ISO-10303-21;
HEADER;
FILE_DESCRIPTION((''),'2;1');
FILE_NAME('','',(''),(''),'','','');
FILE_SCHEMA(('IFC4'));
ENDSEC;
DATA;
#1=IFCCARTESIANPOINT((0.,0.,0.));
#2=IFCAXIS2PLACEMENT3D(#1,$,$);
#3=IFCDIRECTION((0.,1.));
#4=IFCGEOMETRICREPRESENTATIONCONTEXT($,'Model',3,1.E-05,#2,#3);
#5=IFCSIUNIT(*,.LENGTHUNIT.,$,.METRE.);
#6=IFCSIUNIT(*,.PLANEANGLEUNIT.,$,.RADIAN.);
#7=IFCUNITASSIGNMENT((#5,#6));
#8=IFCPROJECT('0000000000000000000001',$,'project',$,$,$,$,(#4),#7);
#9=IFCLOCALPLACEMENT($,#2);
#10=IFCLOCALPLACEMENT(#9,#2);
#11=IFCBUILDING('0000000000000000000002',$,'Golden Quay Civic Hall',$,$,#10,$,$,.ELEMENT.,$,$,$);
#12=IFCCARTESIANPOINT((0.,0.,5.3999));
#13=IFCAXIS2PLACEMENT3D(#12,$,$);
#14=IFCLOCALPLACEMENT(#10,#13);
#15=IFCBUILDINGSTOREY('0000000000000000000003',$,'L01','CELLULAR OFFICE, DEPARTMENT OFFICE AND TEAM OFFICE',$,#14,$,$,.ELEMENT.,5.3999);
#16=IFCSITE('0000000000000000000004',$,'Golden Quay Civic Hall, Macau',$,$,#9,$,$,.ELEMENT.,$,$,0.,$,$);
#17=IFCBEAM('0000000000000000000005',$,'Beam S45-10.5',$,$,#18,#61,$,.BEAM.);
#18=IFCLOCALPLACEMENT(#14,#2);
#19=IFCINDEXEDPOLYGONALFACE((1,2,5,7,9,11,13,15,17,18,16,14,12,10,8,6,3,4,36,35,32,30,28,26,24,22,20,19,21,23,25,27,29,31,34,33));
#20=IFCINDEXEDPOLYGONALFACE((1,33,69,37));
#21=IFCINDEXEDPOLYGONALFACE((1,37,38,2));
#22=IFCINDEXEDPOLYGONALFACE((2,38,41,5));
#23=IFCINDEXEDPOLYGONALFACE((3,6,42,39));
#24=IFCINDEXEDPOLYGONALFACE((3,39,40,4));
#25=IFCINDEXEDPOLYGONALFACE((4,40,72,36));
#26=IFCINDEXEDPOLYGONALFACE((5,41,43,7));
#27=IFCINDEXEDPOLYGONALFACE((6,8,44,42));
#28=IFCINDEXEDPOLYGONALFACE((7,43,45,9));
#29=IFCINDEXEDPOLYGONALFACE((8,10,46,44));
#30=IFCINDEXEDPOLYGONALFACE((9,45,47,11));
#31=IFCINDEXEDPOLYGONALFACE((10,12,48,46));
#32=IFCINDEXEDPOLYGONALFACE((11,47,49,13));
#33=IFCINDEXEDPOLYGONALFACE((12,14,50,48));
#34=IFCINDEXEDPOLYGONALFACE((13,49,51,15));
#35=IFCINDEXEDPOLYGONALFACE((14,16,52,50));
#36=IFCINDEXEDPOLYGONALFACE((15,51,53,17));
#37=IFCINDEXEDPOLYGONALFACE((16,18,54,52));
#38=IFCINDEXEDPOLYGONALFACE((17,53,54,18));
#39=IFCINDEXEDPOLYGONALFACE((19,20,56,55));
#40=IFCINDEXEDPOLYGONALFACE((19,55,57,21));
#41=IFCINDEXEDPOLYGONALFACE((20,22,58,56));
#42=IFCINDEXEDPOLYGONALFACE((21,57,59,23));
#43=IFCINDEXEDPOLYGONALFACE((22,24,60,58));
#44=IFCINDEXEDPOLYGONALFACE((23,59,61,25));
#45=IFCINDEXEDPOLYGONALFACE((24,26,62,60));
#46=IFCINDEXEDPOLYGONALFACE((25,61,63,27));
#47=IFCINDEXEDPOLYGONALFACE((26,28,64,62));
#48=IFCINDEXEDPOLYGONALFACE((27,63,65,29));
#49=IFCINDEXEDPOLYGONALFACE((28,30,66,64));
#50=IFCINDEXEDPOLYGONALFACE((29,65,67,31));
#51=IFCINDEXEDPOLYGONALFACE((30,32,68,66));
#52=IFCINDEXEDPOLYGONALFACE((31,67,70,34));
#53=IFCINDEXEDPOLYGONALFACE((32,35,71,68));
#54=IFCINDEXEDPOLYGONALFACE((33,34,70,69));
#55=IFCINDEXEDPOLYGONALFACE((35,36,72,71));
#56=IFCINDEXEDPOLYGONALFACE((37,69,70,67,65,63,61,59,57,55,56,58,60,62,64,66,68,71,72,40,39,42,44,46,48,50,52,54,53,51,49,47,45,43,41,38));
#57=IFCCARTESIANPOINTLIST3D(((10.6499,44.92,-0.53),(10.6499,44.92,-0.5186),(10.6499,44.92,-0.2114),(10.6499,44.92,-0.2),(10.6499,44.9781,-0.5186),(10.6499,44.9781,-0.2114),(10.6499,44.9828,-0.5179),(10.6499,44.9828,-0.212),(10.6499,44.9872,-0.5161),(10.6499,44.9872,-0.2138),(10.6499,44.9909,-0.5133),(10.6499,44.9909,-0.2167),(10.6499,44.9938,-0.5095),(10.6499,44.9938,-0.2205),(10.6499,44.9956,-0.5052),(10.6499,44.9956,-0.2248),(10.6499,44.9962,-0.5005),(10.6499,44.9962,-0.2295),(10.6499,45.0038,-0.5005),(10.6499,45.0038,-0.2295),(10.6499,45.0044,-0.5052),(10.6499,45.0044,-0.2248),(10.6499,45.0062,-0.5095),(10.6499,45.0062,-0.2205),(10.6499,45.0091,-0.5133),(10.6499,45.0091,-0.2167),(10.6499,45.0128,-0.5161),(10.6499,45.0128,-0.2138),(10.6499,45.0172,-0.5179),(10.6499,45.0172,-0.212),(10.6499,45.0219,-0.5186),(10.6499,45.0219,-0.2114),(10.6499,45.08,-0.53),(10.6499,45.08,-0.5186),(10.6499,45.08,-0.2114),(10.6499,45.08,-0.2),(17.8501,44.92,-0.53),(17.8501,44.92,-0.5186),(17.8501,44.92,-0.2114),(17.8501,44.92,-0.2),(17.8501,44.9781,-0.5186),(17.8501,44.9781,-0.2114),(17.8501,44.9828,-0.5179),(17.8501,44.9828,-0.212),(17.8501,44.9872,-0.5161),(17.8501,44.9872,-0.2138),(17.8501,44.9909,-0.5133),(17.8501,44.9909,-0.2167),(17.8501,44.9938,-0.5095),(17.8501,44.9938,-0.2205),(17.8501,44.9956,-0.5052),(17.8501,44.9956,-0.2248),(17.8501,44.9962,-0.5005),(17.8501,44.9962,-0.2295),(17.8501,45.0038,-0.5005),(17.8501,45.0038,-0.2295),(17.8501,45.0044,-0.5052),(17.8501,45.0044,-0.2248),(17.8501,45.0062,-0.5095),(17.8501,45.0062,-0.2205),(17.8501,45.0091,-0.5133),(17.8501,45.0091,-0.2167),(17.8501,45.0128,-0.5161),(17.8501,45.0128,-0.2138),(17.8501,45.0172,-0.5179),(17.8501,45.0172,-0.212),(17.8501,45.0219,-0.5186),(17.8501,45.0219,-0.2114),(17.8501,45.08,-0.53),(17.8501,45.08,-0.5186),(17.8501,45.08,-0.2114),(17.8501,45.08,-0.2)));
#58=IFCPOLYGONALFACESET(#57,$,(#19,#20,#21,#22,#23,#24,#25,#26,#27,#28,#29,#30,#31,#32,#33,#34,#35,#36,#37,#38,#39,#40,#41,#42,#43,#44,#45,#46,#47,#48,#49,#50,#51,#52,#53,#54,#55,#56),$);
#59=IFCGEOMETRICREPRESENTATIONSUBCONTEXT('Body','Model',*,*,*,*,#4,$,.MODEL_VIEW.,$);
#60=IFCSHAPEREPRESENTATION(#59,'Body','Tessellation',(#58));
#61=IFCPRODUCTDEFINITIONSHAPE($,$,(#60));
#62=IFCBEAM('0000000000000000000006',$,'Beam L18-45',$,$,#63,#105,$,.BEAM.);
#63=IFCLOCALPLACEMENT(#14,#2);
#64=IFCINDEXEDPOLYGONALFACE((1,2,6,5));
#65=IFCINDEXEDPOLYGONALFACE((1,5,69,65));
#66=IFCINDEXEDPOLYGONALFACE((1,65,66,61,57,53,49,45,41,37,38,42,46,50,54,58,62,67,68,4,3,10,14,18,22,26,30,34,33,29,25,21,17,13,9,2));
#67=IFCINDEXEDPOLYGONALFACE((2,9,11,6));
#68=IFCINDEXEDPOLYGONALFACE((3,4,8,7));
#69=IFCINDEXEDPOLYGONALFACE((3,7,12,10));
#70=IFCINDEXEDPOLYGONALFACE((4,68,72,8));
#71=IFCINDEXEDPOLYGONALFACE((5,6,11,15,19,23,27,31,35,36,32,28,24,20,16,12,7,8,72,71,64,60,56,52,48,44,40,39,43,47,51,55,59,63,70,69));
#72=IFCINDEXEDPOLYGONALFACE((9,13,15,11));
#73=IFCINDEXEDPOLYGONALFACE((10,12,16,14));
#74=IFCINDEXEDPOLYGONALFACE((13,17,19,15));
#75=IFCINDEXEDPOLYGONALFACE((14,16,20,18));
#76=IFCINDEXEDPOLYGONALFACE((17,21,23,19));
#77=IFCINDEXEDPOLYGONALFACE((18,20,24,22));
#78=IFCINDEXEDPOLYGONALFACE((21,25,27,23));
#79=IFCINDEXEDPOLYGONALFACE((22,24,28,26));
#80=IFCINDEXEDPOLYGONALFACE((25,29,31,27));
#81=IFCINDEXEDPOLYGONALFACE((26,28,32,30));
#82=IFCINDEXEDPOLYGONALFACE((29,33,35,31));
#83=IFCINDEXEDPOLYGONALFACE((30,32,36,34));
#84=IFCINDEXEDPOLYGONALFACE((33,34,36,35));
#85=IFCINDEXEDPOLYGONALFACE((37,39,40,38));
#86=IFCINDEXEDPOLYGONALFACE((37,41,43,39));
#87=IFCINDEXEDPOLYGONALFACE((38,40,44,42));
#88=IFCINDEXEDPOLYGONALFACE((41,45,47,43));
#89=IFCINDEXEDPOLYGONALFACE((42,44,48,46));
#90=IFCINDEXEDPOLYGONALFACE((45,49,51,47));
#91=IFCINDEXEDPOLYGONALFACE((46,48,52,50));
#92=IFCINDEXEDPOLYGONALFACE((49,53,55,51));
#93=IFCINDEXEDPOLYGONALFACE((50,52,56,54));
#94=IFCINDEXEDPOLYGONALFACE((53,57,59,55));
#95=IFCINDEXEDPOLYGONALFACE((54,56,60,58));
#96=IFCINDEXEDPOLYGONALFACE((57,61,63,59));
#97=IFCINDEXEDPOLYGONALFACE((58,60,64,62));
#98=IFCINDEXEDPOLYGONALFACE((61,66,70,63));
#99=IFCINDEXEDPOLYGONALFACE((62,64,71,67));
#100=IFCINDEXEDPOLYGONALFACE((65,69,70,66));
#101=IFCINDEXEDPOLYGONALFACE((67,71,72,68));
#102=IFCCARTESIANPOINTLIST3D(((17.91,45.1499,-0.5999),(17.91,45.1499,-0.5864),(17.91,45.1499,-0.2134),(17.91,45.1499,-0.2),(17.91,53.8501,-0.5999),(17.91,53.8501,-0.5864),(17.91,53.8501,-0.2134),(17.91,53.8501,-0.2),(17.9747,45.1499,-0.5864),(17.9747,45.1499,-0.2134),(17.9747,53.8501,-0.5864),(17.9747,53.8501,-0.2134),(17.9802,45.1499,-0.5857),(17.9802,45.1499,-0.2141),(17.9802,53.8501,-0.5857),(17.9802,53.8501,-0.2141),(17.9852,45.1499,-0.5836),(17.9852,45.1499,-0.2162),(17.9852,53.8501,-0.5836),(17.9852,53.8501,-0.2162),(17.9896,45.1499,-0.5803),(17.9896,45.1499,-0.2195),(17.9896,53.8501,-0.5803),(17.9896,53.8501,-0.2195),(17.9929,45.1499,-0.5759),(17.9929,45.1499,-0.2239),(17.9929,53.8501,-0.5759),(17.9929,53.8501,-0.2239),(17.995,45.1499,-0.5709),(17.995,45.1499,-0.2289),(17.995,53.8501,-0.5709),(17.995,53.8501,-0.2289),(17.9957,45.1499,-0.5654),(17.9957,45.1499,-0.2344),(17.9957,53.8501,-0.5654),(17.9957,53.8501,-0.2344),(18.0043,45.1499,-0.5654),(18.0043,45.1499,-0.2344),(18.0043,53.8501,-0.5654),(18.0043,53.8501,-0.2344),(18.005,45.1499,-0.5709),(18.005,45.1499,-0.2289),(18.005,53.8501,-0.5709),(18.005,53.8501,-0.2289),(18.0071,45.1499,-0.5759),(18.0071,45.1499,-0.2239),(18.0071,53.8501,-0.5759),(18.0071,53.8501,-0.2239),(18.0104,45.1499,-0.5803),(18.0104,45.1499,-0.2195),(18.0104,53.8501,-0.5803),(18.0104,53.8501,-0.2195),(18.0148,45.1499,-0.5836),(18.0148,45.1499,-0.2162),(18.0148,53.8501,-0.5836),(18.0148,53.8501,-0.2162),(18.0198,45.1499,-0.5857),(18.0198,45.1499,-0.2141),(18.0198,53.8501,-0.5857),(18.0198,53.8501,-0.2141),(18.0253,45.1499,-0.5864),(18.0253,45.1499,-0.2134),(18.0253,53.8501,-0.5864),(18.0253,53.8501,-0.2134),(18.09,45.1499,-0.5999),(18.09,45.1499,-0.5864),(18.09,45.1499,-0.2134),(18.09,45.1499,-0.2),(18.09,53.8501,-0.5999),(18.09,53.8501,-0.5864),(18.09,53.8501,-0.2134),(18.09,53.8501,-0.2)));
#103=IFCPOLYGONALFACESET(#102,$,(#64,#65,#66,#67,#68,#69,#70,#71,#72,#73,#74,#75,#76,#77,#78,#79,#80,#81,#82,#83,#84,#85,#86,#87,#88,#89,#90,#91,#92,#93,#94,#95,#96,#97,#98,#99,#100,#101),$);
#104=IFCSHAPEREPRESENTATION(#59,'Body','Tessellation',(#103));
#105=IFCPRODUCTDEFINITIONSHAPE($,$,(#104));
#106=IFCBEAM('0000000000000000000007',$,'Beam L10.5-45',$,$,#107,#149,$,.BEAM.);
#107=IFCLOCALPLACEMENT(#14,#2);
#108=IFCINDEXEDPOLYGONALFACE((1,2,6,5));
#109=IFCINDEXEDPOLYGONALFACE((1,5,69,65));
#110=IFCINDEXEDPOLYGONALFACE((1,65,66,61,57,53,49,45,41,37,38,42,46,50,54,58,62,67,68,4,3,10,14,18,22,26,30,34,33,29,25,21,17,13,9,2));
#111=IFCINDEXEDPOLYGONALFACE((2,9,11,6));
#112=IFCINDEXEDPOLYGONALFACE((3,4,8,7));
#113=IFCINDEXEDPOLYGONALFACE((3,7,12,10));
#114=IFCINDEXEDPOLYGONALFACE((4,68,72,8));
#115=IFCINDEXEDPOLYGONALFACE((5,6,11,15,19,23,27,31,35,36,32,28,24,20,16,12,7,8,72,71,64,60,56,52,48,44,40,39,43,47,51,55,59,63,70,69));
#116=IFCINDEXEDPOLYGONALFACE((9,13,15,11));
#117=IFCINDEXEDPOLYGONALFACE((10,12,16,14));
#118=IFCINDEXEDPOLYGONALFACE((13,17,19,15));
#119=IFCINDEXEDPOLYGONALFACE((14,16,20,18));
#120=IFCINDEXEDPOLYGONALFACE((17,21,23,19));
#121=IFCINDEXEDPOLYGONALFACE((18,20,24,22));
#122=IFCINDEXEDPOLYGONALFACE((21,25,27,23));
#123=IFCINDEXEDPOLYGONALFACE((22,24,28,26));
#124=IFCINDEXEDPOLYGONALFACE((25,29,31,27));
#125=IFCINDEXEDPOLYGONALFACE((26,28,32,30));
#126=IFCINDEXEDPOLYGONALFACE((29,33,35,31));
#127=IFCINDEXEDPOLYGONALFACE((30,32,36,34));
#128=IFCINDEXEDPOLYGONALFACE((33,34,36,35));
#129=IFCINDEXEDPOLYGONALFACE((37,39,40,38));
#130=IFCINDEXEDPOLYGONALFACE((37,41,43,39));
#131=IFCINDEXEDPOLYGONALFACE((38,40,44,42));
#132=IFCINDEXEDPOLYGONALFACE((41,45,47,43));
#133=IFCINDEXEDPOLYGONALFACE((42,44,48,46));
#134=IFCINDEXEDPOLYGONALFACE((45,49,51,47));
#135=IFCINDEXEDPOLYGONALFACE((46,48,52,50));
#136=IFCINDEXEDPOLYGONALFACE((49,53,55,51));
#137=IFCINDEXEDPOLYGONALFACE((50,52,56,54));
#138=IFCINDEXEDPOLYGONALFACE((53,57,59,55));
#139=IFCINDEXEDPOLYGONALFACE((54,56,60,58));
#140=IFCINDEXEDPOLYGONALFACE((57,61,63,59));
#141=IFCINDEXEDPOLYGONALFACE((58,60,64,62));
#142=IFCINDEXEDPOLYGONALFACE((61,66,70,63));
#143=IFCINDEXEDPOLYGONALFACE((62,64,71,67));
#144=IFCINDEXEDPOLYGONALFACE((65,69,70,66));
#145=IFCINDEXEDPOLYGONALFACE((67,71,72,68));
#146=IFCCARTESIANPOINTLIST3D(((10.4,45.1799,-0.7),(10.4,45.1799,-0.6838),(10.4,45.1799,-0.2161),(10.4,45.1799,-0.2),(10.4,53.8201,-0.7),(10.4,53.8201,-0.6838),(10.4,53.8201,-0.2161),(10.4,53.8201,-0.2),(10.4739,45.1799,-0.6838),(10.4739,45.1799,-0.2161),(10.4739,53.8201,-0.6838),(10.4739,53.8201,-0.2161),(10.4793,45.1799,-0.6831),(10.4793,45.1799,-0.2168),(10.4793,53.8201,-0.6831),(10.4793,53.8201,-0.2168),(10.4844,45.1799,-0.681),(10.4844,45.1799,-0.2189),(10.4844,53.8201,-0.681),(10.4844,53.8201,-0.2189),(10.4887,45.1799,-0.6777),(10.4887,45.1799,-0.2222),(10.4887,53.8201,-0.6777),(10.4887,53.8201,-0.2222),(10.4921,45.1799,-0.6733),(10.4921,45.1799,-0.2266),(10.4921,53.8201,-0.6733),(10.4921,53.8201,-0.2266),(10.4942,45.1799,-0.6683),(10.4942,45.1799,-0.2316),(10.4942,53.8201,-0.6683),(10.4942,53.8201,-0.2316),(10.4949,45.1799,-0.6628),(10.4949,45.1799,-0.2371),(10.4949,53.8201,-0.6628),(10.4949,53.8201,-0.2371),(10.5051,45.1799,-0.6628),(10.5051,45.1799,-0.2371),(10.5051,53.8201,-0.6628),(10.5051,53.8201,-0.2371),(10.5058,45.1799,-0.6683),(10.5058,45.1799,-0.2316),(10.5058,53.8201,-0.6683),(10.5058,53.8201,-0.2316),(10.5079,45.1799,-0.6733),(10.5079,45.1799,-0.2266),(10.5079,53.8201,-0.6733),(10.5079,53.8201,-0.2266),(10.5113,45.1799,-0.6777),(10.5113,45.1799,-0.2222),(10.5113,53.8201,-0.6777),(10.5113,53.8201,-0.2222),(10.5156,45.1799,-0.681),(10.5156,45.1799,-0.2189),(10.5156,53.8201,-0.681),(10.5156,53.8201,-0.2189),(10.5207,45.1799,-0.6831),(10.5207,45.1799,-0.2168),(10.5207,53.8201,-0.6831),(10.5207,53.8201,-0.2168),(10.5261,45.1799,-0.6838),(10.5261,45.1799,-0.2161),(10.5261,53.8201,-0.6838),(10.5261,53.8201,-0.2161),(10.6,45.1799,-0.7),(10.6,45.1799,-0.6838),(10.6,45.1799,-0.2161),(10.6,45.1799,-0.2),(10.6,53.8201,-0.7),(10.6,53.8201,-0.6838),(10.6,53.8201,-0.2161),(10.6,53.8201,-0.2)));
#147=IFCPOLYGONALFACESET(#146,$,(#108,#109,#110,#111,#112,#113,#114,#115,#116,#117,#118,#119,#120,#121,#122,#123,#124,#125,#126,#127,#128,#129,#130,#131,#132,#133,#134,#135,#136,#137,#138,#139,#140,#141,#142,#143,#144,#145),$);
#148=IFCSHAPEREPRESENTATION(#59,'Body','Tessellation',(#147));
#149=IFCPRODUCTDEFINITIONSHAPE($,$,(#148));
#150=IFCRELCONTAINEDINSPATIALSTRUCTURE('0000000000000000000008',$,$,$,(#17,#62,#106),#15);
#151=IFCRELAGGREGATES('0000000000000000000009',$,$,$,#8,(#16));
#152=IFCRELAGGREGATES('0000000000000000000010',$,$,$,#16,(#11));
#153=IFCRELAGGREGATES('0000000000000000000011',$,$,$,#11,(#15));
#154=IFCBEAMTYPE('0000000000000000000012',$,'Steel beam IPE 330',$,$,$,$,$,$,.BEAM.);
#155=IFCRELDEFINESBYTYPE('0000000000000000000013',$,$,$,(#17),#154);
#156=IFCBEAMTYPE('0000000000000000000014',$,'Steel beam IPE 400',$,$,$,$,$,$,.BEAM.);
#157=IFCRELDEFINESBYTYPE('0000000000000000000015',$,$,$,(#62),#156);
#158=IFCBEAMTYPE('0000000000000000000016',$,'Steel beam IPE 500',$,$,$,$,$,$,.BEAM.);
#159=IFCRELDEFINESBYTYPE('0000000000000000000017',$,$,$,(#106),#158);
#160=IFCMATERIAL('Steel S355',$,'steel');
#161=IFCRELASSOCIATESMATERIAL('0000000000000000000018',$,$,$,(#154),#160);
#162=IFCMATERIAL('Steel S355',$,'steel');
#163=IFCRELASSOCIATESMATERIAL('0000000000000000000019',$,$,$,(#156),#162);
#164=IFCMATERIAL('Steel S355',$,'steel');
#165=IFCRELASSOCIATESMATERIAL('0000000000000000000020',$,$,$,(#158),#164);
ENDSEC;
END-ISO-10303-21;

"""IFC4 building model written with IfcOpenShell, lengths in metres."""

from ifc_helpers import new_model, si_unit, direction, frame, origin, origin_2d, place, context, subcontext, project, spatial, i_section, extrude, material, material_profile, profile_set, type_object, element, save


model = new_model("IFC4")

# Units and contexts
model_context = context("Model", 3, precision=1e-05, world=origin(), true_north=direction((0.0, 1.0)))
body_context = subcontext(model_context, "Body", "Model", "MODEL_VIEW")
ifc_project = project(units=[si_unit("LENGTHUNIT", "METRE"), si_unit("PLANEANGLEUNIT", "RADIAN")], contexts=[model_context])

# Site, building, storey
site_placement = place(None, origin())
site = spatial("IfcSite", under=ifc_project, at=site_placement, Name="Golden Quay Civic Hall, Macau", CompositionType="ELEMENT", RefElevation=0.0)
building_placement = place(site_placement, origin())
building = spatial("IfcBuilding", under=site, at=building_placement, Name="Golden Quay Civic Hall", CompositionType="ELEMENT")
storey_placement = place(building_placement, frame((0.0, 0.0, 5.3999)))
storey = spatial("IfcBuildingStorey", under=building, at=storey_placement, Name="L01", Description="CELLULAR OFFICE, DEPARTMENT OFFICE AND TEAM OFFICE", CompositionType="ELEMENT", Elevation=5.3999)

# Beams
ifc_material_1 = material(Name="Steel S355", Category="steel")
ifc_material_profile_1 = material_profile(ifc_material_1, i_section(OverallWidth=0.1599, OverallDepth=0.3301, WebThickness=0.0076, FlangeThickness=0.0115, FilletRadius=0.0181, at=origin_2d()), Name="IPE 330")
ifc_profile_set_1 = profile_set([ifc_material_profile_1], Name="Steel S355")
beam_type_1 = type_object("IfcBeamType", Name="Steel beam IPE 330", PredefinedType="BEAM", material=ifc_profile_set_1)
beam_1_placement = place(storey_placement, frame((10.6499, 45.0, -0.365), z_axis=(1.0, 0.0, 0.0), x_axis=(0.0, 1.0, 0.0)))
element("IfcBeam", 1, at=beam_1_placement, inside=storey, type_object=beam_type_1, Name="Beam S45-10.5", PredefinedType="BEAM", context=body_context, shape_type="SweptSolid", body=[
    extrude(i_section(OverallWidth=0.1599, OverallDepth=0.3301, WebThickness=0.0076, FlangeThickness=0.0115, FilletRadius=0.0181, at=origin_2d()), origin(), (0.0, 0.0, 1.0), 7.2002),
])
ifc_material_2 = material(Name="Steel S355", Category="steel")
ifc_material_profile_2 = material_profile(ifc_material_2, i_section(OverallWidth=0.1799, OverallDepth=0.3999, WebThickness=0.0085, FlangeThickness=0.0134, FilletRadius=0.021, at=origin_2d()), Name="IPE 400")
ifc_profile_set_2 = profile_set([ifc_material_profile_2], Name="Steel S355")
beam_type_2 = type_object("IfcBeamType", Name="Steel beam IPE 400", PredefinedType="BEAM", material=ifc_profile_set_2)
beam_2_placement = place(storey_placement, frame((18.0, 45.1499, -0.3999), z_axis=(0.0, 1.0, 0.0), x_axis=(-1.0, 0.0, 0.0)))
element("IfcBeam", 2, at=beam_2_placement, inside=storey, type_object=beam_type_2, Name="Beam L18-45", PredefinedType="BEAM", context=body_context, shape_type="SweptSolid", body=[
    extrude(i_section(OverallWidth=0.1799, OverallDepth=0.3999, WebThickness=0.0085, FlangeThickness=0.0134, FilletRadius=0.021, at=origin_2d()), origin(), (0.0, 0.0, 1.0), 8.7002),
])
ifc_material_3 = material(Name="Steel S355", Category="steel")
ifc_material_profile_3 = material_profile(ifc_material_3, i_section(OverallWidth=0.2, OverallDepth=0.5, WebThickness=0.0103, FlangeThickness=0.0161, FilletRadius=0.021, at=origin_2d()), Name="IPE 500")
ifc_profile_set_3 = profile_set([ifc_material_profile_3], Name="Steel S355")
beam_type_3 = type_object("IfcBeamType", Name="Steel beam IPE 500", PredefinedType="BEAM", material=ifc_profile_set_3)
beam_3_placement = place(storey_placement, frame((10.5, 45.1799, -0.45), z_axis=(0.0, 1.0, 0.0), x_axis=(-1.0, 0.0, 0.0)))
element("IfcBeam", 3, at=beam_3_placement, inside=storey, type_object=beam_type_3, Name="Beam L10.5-45", PredefinedType="BEAM", context=body_context, shape_type="SweptSolid", body=[
    extrude(i_section(OverallWidth=0.2, OverallDepth=0.5, WebThickness=0.0103, FlangeThickness=0.0161, FilletRadius=0.021, at=origin_2d()), origin(), (0.0, 0.0, 1.0), 8.6401),
])

save(model, "model.ifc")
